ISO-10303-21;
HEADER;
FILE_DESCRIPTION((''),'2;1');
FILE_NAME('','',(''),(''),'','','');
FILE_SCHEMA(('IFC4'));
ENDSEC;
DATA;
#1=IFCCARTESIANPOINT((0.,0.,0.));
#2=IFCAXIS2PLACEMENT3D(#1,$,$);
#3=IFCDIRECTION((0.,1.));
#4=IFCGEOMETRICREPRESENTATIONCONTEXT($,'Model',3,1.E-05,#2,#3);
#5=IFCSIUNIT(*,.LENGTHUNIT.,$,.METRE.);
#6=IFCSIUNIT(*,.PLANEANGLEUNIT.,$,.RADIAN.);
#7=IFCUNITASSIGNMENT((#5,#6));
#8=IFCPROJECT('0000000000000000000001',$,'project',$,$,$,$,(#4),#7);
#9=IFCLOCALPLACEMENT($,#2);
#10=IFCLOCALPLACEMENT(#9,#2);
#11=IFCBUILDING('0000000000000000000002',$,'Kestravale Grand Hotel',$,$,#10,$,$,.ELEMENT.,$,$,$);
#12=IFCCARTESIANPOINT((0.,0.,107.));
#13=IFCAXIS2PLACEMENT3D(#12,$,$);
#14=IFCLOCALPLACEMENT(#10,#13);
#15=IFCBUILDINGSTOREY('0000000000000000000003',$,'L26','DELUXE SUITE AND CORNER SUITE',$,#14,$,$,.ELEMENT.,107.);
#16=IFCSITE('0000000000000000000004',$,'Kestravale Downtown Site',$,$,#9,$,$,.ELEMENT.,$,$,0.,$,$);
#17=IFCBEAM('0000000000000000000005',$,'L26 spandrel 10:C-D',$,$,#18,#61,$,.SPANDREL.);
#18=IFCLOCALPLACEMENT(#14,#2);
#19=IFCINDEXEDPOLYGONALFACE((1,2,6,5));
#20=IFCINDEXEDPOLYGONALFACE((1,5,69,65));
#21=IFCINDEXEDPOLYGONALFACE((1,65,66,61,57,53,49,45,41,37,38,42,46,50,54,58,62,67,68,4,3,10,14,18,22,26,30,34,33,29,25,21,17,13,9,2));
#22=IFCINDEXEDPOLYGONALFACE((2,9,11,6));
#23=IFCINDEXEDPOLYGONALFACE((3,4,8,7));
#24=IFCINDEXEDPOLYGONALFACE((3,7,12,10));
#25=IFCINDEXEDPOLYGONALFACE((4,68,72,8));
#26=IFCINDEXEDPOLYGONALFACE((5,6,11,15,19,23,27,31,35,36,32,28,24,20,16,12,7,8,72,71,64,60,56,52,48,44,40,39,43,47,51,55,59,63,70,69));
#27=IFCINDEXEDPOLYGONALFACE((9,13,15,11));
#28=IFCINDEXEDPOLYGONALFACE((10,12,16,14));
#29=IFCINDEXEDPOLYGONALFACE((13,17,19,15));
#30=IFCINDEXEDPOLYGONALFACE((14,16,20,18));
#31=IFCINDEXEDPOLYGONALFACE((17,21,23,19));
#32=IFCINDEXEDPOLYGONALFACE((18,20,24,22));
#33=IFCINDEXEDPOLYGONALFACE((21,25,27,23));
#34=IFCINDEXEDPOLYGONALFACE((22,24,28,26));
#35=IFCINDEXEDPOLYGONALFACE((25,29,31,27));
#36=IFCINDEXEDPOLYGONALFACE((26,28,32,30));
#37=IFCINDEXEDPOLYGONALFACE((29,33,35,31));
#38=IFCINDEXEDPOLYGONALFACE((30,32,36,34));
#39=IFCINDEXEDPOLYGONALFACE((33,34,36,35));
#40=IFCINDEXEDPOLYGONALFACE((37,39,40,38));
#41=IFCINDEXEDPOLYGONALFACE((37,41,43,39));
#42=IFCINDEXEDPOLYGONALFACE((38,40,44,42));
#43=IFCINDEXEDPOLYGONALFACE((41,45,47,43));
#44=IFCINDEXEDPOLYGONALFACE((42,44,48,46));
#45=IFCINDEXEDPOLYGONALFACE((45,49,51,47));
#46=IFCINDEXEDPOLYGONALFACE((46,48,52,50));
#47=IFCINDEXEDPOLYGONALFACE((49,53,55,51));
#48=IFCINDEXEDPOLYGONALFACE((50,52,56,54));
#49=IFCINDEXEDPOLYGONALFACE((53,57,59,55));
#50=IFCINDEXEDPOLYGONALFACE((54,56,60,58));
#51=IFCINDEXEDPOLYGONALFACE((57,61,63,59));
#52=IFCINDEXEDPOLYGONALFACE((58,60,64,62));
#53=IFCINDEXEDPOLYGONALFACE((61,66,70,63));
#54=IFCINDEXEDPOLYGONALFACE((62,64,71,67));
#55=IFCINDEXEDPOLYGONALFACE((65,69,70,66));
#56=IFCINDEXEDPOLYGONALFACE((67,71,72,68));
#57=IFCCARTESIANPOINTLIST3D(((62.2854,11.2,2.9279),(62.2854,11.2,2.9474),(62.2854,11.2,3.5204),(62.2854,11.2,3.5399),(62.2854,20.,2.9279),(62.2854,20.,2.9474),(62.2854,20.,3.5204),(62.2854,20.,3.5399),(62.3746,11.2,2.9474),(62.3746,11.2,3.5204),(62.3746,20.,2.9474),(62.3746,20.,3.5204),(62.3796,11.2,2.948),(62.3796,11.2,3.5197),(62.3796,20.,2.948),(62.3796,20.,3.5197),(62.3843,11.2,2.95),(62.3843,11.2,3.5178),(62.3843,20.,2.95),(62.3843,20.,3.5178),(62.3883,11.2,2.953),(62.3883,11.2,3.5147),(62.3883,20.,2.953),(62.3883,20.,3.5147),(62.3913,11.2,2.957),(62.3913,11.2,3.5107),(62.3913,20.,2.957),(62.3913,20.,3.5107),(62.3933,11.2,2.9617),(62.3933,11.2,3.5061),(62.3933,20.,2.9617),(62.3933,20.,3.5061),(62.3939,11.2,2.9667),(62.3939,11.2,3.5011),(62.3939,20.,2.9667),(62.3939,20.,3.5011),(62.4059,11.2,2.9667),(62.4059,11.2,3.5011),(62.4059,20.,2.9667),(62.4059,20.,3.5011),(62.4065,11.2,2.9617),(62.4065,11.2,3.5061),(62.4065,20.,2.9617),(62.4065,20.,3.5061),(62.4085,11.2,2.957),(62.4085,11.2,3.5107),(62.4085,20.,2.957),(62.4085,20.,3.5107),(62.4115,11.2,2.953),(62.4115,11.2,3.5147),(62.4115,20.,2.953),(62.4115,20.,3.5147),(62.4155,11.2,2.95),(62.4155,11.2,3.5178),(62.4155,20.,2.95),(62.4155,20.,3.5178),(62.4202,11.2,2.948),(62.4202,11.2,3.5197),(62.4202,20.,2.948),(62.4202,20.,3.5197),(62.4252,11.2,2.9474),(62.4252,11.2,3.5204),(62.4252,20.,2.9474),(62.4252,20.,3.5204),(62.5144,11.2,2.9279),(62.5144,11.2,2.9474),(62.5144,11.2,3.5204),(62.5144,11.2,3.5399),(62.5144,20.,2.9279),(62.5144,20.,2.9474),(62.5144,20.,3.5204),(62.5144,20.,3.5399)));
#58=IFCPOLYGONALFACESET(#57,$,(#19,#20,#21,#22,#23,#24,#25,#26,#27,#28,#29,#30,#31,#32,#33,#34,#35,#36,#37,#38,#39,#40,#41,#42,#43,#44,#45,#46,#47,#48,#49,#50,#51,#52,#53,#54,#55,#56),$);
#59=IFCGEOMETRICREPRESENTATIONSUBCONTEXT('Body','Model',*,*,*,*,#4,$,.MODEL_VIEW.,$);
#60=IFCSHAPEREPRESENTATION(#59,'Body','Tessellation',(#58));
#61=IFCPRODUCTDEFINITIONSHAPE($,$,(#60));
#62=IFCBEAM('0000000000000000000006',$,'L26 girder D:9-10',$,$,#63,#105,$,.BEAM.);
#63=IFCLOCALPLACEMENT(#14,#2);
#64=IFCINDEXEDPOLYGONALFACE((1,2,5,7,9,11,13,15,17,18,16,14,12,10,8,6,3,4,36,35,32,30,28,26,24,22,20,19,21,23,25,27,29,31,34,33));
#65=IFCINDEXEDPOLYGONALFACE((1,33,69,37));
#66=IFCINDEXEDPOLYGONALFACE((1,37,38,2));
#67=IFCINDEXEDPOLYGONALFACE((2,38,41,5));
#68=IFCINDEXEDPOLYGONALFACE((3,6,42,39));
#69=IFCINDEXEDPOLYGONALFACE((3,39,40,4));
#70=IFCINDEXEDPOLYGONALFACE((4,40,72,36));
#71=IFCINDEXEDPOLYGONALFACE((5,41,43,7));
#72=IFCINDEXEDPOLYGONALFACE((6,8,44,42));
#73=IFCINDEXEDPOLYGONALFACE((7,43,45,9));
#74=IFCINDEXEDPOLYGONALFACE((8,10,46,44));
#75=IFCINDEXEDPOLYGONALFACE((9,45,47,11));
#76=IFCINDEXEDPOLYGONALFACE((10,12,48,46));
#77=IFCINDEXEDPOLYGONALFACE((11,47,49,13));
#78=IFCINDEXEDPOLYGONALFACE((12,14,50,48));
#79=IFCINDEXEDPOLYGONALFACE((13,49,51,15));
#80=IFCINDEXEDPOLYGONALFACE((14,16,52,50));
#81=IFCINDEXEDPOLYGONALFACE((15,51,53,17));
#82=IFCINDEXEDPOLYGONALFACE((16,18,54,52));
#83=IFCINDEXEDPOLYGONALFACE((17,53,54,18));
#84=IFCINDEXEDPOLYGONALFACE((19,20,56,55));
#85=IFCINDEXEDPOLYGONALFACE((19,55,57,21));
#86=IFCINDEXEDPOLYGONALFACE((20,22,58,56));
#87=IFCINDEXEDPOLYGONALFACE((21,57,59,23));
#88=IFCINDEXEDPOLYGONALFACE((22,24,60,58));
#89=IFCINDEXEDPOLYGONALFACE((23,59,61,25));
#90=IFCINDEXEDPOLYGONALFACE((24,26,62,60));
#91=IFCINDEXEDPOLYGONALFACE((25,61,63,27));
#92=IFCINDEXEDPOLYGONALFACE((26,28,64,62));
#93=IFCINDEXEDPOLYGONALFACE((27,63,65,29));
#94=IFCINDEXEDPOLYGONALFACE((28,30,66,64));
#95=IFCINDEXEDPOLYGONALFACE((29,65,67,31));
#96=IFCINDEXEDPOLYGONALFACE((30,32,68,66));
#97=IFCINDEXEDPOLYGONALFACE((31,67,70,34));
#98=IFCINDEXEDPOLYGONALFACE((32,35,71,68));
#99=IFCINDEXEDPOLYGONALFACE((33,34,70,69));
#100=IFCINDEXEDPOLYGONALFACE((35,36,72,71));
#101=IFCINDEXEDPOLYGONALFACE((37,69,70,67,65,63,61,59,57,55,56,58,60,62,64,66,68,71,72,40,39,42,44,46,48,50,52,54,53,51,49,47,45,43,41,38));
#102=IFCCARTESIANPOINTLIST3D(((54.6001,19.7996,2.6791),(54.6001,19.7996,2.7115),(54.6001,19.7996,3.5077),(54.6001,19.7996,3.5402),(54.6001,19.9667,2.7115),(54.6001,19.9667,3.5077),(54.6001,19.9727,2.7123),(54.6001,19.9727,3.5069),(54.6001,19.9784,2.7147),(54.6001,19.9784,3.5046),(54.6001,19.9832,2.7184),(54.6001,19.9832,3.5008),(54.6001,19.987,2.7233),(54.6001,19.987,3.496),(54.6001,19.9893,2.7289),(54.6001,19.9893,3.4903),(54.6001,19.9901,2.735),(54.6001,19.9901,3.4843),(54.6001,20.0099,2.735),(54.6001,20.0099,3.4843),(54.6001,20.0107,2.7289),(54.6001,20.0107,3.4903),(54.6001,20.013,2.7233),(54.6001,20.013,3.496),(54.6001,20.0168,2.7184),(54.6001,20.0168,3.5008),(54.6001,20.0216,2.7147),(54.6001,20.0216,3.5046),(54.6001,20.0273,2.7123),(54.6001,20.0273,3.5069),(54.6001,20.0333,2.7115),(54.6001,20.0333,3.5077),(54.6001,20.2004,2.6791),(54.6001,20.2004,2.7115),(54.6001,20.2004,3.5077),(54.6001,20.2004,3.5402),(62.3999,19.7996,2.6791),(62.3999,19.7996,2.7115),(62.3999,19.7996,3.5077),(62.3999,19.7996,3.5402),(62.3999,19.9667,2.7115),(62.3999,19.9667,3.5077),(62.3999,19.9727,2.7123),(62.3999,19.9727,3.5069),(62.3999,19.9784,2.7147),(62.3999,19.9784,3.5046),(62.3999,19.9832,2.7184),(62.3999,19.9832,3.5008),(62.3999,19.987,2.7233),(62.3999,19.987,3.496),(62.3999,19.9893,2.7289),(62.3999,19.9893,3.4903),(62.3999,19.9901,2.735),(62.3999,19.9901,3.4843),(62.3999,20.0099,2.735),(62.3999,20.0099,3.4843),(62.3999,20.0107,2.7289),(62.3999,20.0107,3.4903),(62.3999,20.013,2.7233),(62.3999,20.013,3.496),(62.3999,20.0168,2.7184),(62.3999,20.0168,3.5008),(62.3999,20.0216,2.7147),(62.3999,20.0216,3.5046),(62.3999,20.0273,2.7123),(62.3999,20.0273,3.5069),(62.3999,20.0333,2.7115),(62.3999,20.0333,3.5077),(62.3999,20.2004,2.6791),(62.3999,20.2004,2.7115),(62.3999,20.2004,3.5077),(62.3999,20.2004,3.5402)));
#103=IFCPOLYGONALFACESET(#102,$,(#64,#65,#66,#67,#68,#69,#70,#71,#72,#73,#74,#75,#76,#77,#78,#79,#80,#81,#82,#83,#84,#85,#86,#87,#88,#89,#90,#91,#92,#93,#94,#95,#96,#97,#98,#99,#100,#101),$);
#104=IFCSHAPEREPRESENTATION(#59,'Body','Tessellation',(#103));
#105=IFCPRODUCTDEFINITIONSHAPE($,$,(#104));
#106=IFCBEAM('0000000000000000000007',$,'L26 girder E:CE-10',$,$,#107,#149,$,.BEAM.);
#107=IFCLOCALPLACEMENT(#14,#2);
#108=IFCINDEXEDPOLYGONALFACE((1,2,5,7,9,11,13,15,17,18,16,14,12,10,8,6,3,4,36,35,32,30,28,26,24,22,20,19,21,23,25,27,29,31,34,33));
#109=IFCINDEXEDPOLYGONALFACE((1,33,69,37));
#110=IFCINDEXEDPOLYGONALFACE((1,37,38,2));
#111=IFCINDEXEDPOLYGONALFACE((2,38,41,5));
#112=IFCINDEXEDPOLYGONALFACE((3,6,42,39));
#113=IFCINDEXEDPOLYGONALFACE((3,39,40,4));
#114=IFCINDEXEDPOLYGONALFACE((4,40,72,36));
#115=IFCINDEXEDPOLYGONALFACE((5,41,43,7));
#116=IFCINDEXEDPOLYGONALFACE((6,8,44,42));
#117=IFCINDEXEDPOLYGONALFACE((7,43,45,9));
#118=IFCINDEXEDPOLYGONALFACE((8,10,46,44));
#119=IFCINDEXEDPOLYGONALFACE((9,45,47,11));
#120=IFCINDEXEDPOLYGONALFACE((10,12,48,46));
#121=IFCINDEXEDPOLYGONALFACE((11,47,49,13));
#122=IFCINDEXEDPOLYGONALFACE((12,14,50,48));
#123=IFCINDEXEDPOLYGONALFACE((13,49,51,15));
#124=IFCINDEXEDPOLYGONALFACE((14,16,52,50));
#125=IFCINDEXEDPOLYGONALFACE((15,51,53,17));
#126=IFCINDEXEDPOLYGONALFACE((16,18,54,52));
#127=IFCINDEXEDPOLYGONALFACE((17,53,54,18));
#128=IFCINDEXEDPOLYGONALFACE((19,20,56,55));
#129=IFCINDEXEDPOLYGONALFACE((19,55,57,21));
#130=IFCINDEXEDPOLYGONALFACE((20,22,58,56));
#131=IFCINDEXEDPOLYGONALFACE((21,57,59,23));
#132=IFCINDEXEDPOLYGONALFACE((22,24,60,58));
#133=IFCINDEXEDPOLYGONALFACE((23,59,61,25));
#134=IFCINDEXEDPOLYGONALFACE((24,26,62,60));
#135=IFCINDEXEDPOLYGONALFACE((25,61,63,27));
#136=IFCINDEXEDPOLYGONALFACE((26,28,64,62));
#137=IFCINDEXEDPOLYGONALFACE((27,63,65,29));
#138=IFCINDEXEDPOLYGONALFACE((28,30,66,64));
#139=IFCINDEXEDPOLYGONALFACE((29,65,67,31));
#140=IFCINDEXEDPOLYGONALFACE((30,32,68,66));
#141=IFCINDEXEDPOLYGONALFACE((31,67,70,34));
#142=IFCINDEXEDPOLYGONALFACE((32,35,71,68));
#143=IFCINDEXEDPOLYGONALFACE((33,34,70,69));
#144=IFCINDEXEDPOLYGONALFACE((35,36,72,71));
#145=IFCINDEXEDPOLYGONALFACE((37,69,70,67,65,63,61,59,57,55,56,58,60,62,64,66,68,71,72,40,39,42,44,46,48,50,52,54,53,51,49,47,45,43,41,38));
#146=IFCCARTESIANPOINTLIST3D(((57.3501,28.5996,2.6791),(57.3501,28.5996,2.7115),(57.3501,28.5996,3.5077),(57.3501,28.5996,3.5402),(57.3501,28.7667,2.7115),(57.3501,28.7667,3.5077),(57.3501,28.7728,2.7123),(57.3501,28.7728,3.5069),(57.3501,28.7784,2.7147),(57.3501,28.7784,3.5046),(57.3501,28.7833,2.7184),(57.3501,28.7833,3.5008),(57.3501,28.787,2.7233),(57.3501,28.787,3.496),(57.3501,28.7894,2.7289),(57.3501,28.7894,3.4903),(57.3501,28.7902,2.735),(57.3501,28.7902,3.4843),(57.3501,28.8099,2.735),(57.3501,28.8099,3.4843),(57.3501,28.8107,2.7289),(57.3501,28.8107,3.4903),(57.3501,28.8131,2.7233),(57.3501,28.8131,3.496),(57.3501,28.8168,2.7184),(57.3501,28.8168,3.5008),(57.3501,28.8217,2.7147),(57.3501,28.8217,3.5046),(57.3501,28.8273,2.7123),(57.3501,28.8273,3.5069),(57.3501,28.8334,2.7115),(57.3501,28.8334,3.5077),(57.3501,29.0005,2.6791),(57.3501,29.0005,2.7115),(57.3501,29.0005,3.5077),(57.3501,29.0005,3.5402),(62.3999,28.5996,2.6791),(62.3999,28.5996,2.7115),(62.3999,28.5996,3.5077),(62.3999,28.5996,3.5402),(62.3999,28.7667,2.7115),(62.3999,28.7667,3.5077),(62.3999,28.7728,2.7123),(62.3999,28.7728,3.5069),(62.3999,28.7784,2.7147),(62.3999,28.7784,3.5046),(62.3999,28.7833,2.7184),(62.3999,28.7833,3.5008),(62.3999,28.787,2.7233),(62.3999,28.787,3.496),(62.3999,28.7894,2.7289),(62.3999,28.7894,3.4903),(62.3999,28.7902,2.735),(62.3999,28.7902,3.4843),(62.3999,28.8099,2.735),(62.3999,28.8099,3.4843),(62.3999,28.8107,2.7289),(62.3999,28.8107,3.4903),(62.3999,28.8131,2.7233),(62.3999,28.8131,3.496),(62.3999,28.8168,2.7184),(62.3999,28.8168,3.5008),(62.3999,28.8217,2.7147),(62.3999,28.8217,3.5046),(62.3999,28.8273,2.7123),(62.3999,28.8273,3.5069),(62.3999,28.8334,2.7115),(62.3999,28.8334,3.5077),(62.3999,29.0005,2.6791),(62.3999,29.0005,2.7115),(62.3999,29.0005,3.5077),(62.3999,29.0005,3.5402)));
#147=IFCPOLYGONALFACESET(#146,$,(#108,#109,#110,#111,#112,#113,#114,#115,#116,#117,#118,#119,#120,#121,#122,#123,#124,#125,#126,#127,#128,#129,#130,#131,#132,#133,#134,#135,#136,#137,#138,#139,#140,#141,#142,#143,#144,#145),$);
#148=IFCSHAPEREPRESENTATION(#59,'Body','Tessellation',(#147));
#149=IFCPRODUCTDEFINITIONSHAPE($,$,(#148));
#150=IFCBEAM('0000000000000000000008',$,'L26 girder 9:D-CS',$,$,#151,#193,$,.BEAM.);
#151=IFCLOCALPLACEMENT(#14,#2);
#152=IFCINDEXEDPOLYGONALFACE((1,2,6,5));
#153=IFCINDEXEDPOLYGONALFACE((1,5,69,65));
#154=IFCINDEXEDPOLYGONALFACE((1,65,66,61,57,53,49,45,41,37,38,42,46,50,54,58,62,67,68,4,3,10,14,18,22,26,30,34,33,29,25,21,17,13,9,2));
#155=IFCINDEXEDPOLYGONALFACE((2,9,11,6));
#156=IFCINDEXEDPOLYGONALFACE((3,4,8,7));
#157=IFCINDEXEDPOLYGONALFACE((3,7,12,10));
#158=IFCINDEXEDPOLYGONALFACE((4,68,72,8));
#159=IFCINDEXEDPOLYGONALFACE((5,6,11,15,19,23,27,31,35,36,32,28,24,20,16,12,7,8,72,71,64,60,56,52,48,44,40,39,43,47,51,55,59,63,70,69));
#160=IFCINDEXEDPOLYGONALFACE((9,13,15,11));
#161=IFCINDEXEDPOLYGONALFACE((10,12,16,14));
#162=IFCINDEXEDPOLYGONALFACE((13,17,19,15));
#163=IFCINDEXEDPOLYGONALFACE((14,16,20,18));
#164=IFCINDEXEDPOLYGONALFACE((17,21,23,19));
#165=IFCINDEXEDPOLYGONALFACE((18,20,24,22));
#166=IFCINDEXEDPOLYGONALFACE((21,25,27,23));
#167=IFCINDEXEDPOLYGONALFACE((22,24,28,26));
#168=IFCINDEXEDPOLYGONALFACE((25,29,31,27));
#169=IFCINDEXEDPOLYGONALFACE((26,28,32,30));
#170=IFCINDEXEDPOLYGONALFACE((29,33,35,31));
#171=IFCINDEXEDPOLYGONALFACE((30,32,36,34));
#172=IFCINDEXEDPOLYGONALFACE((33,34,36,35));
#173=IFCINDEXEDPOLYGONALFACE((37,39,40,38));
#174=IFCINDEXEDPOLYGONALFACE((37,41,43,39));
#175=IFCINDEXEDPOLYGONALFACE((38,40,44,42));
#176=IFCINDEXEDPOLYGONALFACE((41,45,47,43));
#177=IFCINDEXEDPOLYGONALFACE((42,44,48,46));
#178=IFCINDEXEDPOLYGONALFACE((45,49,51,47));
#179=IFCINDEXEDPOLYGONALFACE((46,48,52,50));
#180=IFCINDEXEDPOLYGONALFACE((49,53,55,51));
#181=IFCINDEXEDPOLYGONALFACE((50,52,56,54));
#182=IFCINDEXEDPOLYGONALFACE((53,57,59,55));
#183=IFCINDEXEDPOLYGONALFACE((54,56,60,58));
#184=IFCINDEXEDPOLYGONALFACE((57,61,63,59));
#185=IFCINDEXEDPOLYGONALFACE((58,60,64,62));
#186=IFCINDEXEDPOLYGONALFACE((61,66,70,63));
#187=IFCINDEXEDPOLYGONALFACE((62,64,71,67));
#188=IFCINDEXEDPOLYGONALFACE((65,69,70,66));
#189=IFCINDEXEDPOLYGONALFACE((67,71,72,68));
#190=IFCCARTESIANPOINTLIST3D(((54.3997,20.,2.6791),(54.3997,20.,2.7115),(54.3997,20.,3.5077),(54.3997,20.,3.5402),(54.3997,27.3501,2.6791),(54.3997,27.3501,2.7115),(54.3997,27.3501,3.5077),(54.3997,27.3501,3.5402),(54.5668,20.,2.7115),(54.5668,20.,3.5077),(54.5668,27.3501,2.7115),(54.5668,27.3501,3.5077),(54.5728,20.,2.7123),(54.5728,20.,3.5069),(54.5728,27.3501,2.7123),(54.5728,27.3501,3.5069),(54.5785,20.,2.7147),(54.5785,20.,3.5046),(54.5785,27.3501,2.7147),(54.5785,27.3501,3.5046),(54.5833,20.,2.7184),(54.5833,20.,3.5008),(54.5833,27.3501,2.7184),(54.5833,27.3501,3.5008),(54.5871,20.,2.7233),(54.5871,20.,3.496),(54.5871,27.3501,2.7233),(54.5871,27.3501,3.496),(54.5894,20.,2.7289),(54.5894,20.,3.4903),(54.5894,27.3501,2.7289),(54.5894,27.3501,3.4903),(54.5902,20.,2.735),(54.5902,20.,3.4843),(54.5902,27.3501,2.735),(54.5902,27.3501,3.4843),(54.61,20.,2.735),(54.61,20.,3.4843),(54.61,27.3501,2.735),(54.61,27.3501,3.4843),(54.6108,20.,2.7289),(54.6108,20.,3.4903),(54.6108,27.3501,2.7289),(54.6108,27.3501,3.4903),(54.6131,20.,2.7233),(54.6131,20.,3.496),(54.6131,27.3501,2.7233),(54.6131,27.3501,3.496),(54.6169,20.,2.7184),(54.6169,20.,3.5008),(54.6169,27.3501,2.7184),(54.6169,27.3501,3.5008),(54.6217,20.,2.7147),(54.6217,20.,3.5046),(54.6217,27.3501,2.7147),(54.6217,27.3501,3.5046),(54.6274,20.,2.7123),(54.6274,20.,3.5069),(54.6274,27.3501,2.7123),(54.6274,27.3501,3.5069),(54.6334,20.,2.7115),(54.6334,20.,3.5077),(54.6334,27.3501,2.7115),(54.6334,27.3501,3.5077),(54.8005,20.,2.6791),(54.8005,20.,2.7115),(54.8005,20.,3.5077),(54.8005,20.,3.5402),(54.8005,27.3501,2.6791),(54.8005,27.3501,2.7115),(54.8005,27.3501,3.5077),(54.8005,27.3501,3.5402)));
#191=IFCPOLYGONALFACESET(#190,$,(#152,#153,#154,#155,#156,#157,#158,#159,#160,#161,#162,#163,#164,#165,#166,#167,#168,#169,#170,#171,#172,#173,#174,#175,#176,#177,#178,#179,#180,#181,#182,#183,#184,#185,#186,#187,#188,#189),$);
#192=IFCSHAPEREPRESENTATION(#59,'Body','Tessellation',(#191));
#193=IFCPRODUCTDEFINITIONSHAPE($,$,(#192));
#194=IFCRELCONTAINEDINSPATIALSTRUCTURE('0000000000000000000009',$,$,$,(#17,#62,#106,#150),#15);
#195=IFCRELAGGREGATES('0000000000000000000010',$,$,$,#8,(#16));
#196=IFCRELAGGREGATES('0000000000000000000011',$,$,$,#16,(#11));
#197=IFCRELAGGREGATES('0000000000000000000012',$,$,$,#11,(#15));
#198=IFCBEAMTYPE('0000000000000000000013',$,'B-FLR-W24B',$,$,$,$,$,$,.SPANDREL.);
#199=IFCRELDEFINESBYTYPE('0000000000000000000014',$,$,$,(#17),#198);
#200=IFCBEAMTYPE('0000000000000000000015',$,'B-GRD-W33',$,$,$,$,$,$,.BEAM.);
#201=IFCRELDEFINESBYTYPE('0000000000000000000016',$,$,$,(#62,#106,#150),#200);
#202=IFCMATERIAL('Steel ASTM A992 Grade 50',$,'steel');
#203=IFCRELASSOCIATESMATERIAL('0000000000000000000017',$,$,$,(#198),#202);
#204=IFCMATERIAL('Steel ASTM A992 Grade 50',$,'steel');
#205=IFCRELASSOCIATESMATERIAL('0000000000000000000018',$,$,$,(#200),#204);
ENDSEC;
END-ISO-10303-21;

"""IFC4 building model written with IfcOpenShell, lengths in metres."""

from ifc_helpers import new_model, si_unit, direction, frame, origin, origin_2d, place, context, subcontext, project, spatial, i_section, extrude, material, material_profile, profile_set, type_object, element, save


model = new_model("IFC4")

# Units and contexts
model_context = context("Model", 3, precision=1e-05, world=origin(), true_north=direction((0.0, 1.0)))
body_context = subcontext(model_context, "Body", "Model", "MODEL_VIEW")
ifc_project = project(units=[si_unit("LENGTHUNIT", "METRE"), si_unit("PLANEANGLEUNIT", "RADIAN")], contexts=[model_context])

# Site, building, storey
site_placement = place(None, origin())
site = spatial("IfcSite", under=ifc_project, at=site_placement, Name="Kestravale Downtown Site", CompositionType="ELEMENT", RefElevation=0.0)
building_placement = place(site_placement, origin())
building = spatial("IfcBuilding", under=site, at=building_placement, Name="Kestravale Grand Hotel", CompositionType="ELEMENT")
storey_placement = place(building_placement, frame((0.0, 0.0, 107.0)))
storey = spatial("IfcBuildingStorey", under=building, at=storey_placement, Name="L26", Description="DELUXE SUITE AND CORNER SUITE", CompositionType="ELEMENT", Elevation=107.0)

# Beams
ifc_material_1 = material(Name="Steel ASTM A992 Grade 50", Category="steel")
ifc_material_profile_1 = material_profile(ifc_material_1, i_section(OverallWidth=0.229, OverallDepth=0.6121, WebThickness=0.012, FlangeThickness=0.0195, FilletRadius=0.0193, at=origin_2d()))
ifc_profile_set_1 = profile_set([ifc_material_profile_1], Name="Steel ASTM A992 Grade 50")
beam_type_1 = type_object("IfcBeamType", Name="B-FLR-W24B", PredefinedType="SPANDREL", material=ifc_profile_set_1)
beam_1_placement = place(storey_placement, frame((62.3999, 11.2, 3.2339), z_axis=(0.0, 1.0, 0.0), x_axis=(-1.0, 0.0, 0.0)))
element("IfcBeam", 1, at=beam_1_placement, inside=storey, type_object=beam_type_1, Name="L26 spandrel 10:C-D", PredefinedType="SPANDREL", context=body_context, shape_type="SweptSolid", body=[
    extrude(i_section(OverallWidth=0.229, OverallDepth=0.6121, WebThickness=0.012, FlangeThickness=0.0195, FilletRadius=0.0193, at=origin_2d()), origin(), (0.0, 0.0, 1.0), 8.8),
])
ifc_material_2 = material(Name="Steel ASTM A992 Grade 50", Category="steel")
ifc_material_profile_2 = material_profile(ifc_material_2, i_section(OverallWidth=0.4009, OverallDepth=0.8611, WebThickness=0.0198, FlangeThickness=0.0325, FilletRadius=0.0234, at=origin_2d()))
ifc_profile_set_2 = profile_set([ifc_material_profile_2], Name="Steel ASTM A992 Grade 50")
beam_type_2 = type_object("IfcBeamType", Name="B-GRD-W33", PredefinedType="BEAM", material=ifc_profile_set_2)
beam_2_placement = place(storey_placement, frame((54.6001, 20.0, 3.1096), z_axis=(1.0, 0.0, 0.0), x_axis=(0.0, 1.0, 0.0)))
element("IfcBeam", 2, at=beam_2_placement, inside=storey, type_object=beam_type_2, Name="L26 girder D:9-10", PredefinedType="BEAM", context=body_context, shape_type="SweptSolid", body=[
    extrude(i_section(OverallWidth=0.4009, OverallDepth=0.8611, WebThickness=0.0198, FlangeThickness=0.0325, FilletRadius=0.0234, at=origin_2d()), origin(), (0.0, 0.0, 1.0), 7.7998),
])
beam_3_placement = place(storey_placement, frame((57.3501, 28.8, 3.1096), z_axis=(1.0, 0.0, 0.0), x_axis=(0.0, 1.0, 0.0)))
element("IfcBeam", 3, at=beam_3_placement, inside=storey, type_object=beam_type_2, Name="L26 girder E:CE-10", PredefinedType="BEAM", context=body_context, shape_type="SweptSolid", body=[
    extrude(i_section(OverallWidth=0.4009, OverallDepth=0.8611, WebThickness=0.0198, FlangeThickness=0.0325, FilletRadius=0.0234, at=origin_2d()), origin(), (0.0, 0.0, 1.0), 5.0498),
])
beam_4_placement = place(storey_placement, frame((54.6001, 20.0, 3.1096), z_axis=(0.0, 1.0, 0.0), x_axis=(-1.0, 0.0, 0.0)))
element("IfcBeam", 4, at=beam_4_placement, inside=storey, type_object=beam_type_2, Name="L26 girder 9:D-CS", PredefinedType="BEAM", context=body_context, shape_type="SweptSolid", body=[
    extrude(i_section(OverallWidth=0.4009, OverallDepth=0.8611, WebThickness=0.0198, FlangeThickness=0.0325, FilletRadius=0.0234, at=origin_2d()), origin(), (0.0, 0.0, 1.0), 7.3501),
])

save(model, "model.ifc")
